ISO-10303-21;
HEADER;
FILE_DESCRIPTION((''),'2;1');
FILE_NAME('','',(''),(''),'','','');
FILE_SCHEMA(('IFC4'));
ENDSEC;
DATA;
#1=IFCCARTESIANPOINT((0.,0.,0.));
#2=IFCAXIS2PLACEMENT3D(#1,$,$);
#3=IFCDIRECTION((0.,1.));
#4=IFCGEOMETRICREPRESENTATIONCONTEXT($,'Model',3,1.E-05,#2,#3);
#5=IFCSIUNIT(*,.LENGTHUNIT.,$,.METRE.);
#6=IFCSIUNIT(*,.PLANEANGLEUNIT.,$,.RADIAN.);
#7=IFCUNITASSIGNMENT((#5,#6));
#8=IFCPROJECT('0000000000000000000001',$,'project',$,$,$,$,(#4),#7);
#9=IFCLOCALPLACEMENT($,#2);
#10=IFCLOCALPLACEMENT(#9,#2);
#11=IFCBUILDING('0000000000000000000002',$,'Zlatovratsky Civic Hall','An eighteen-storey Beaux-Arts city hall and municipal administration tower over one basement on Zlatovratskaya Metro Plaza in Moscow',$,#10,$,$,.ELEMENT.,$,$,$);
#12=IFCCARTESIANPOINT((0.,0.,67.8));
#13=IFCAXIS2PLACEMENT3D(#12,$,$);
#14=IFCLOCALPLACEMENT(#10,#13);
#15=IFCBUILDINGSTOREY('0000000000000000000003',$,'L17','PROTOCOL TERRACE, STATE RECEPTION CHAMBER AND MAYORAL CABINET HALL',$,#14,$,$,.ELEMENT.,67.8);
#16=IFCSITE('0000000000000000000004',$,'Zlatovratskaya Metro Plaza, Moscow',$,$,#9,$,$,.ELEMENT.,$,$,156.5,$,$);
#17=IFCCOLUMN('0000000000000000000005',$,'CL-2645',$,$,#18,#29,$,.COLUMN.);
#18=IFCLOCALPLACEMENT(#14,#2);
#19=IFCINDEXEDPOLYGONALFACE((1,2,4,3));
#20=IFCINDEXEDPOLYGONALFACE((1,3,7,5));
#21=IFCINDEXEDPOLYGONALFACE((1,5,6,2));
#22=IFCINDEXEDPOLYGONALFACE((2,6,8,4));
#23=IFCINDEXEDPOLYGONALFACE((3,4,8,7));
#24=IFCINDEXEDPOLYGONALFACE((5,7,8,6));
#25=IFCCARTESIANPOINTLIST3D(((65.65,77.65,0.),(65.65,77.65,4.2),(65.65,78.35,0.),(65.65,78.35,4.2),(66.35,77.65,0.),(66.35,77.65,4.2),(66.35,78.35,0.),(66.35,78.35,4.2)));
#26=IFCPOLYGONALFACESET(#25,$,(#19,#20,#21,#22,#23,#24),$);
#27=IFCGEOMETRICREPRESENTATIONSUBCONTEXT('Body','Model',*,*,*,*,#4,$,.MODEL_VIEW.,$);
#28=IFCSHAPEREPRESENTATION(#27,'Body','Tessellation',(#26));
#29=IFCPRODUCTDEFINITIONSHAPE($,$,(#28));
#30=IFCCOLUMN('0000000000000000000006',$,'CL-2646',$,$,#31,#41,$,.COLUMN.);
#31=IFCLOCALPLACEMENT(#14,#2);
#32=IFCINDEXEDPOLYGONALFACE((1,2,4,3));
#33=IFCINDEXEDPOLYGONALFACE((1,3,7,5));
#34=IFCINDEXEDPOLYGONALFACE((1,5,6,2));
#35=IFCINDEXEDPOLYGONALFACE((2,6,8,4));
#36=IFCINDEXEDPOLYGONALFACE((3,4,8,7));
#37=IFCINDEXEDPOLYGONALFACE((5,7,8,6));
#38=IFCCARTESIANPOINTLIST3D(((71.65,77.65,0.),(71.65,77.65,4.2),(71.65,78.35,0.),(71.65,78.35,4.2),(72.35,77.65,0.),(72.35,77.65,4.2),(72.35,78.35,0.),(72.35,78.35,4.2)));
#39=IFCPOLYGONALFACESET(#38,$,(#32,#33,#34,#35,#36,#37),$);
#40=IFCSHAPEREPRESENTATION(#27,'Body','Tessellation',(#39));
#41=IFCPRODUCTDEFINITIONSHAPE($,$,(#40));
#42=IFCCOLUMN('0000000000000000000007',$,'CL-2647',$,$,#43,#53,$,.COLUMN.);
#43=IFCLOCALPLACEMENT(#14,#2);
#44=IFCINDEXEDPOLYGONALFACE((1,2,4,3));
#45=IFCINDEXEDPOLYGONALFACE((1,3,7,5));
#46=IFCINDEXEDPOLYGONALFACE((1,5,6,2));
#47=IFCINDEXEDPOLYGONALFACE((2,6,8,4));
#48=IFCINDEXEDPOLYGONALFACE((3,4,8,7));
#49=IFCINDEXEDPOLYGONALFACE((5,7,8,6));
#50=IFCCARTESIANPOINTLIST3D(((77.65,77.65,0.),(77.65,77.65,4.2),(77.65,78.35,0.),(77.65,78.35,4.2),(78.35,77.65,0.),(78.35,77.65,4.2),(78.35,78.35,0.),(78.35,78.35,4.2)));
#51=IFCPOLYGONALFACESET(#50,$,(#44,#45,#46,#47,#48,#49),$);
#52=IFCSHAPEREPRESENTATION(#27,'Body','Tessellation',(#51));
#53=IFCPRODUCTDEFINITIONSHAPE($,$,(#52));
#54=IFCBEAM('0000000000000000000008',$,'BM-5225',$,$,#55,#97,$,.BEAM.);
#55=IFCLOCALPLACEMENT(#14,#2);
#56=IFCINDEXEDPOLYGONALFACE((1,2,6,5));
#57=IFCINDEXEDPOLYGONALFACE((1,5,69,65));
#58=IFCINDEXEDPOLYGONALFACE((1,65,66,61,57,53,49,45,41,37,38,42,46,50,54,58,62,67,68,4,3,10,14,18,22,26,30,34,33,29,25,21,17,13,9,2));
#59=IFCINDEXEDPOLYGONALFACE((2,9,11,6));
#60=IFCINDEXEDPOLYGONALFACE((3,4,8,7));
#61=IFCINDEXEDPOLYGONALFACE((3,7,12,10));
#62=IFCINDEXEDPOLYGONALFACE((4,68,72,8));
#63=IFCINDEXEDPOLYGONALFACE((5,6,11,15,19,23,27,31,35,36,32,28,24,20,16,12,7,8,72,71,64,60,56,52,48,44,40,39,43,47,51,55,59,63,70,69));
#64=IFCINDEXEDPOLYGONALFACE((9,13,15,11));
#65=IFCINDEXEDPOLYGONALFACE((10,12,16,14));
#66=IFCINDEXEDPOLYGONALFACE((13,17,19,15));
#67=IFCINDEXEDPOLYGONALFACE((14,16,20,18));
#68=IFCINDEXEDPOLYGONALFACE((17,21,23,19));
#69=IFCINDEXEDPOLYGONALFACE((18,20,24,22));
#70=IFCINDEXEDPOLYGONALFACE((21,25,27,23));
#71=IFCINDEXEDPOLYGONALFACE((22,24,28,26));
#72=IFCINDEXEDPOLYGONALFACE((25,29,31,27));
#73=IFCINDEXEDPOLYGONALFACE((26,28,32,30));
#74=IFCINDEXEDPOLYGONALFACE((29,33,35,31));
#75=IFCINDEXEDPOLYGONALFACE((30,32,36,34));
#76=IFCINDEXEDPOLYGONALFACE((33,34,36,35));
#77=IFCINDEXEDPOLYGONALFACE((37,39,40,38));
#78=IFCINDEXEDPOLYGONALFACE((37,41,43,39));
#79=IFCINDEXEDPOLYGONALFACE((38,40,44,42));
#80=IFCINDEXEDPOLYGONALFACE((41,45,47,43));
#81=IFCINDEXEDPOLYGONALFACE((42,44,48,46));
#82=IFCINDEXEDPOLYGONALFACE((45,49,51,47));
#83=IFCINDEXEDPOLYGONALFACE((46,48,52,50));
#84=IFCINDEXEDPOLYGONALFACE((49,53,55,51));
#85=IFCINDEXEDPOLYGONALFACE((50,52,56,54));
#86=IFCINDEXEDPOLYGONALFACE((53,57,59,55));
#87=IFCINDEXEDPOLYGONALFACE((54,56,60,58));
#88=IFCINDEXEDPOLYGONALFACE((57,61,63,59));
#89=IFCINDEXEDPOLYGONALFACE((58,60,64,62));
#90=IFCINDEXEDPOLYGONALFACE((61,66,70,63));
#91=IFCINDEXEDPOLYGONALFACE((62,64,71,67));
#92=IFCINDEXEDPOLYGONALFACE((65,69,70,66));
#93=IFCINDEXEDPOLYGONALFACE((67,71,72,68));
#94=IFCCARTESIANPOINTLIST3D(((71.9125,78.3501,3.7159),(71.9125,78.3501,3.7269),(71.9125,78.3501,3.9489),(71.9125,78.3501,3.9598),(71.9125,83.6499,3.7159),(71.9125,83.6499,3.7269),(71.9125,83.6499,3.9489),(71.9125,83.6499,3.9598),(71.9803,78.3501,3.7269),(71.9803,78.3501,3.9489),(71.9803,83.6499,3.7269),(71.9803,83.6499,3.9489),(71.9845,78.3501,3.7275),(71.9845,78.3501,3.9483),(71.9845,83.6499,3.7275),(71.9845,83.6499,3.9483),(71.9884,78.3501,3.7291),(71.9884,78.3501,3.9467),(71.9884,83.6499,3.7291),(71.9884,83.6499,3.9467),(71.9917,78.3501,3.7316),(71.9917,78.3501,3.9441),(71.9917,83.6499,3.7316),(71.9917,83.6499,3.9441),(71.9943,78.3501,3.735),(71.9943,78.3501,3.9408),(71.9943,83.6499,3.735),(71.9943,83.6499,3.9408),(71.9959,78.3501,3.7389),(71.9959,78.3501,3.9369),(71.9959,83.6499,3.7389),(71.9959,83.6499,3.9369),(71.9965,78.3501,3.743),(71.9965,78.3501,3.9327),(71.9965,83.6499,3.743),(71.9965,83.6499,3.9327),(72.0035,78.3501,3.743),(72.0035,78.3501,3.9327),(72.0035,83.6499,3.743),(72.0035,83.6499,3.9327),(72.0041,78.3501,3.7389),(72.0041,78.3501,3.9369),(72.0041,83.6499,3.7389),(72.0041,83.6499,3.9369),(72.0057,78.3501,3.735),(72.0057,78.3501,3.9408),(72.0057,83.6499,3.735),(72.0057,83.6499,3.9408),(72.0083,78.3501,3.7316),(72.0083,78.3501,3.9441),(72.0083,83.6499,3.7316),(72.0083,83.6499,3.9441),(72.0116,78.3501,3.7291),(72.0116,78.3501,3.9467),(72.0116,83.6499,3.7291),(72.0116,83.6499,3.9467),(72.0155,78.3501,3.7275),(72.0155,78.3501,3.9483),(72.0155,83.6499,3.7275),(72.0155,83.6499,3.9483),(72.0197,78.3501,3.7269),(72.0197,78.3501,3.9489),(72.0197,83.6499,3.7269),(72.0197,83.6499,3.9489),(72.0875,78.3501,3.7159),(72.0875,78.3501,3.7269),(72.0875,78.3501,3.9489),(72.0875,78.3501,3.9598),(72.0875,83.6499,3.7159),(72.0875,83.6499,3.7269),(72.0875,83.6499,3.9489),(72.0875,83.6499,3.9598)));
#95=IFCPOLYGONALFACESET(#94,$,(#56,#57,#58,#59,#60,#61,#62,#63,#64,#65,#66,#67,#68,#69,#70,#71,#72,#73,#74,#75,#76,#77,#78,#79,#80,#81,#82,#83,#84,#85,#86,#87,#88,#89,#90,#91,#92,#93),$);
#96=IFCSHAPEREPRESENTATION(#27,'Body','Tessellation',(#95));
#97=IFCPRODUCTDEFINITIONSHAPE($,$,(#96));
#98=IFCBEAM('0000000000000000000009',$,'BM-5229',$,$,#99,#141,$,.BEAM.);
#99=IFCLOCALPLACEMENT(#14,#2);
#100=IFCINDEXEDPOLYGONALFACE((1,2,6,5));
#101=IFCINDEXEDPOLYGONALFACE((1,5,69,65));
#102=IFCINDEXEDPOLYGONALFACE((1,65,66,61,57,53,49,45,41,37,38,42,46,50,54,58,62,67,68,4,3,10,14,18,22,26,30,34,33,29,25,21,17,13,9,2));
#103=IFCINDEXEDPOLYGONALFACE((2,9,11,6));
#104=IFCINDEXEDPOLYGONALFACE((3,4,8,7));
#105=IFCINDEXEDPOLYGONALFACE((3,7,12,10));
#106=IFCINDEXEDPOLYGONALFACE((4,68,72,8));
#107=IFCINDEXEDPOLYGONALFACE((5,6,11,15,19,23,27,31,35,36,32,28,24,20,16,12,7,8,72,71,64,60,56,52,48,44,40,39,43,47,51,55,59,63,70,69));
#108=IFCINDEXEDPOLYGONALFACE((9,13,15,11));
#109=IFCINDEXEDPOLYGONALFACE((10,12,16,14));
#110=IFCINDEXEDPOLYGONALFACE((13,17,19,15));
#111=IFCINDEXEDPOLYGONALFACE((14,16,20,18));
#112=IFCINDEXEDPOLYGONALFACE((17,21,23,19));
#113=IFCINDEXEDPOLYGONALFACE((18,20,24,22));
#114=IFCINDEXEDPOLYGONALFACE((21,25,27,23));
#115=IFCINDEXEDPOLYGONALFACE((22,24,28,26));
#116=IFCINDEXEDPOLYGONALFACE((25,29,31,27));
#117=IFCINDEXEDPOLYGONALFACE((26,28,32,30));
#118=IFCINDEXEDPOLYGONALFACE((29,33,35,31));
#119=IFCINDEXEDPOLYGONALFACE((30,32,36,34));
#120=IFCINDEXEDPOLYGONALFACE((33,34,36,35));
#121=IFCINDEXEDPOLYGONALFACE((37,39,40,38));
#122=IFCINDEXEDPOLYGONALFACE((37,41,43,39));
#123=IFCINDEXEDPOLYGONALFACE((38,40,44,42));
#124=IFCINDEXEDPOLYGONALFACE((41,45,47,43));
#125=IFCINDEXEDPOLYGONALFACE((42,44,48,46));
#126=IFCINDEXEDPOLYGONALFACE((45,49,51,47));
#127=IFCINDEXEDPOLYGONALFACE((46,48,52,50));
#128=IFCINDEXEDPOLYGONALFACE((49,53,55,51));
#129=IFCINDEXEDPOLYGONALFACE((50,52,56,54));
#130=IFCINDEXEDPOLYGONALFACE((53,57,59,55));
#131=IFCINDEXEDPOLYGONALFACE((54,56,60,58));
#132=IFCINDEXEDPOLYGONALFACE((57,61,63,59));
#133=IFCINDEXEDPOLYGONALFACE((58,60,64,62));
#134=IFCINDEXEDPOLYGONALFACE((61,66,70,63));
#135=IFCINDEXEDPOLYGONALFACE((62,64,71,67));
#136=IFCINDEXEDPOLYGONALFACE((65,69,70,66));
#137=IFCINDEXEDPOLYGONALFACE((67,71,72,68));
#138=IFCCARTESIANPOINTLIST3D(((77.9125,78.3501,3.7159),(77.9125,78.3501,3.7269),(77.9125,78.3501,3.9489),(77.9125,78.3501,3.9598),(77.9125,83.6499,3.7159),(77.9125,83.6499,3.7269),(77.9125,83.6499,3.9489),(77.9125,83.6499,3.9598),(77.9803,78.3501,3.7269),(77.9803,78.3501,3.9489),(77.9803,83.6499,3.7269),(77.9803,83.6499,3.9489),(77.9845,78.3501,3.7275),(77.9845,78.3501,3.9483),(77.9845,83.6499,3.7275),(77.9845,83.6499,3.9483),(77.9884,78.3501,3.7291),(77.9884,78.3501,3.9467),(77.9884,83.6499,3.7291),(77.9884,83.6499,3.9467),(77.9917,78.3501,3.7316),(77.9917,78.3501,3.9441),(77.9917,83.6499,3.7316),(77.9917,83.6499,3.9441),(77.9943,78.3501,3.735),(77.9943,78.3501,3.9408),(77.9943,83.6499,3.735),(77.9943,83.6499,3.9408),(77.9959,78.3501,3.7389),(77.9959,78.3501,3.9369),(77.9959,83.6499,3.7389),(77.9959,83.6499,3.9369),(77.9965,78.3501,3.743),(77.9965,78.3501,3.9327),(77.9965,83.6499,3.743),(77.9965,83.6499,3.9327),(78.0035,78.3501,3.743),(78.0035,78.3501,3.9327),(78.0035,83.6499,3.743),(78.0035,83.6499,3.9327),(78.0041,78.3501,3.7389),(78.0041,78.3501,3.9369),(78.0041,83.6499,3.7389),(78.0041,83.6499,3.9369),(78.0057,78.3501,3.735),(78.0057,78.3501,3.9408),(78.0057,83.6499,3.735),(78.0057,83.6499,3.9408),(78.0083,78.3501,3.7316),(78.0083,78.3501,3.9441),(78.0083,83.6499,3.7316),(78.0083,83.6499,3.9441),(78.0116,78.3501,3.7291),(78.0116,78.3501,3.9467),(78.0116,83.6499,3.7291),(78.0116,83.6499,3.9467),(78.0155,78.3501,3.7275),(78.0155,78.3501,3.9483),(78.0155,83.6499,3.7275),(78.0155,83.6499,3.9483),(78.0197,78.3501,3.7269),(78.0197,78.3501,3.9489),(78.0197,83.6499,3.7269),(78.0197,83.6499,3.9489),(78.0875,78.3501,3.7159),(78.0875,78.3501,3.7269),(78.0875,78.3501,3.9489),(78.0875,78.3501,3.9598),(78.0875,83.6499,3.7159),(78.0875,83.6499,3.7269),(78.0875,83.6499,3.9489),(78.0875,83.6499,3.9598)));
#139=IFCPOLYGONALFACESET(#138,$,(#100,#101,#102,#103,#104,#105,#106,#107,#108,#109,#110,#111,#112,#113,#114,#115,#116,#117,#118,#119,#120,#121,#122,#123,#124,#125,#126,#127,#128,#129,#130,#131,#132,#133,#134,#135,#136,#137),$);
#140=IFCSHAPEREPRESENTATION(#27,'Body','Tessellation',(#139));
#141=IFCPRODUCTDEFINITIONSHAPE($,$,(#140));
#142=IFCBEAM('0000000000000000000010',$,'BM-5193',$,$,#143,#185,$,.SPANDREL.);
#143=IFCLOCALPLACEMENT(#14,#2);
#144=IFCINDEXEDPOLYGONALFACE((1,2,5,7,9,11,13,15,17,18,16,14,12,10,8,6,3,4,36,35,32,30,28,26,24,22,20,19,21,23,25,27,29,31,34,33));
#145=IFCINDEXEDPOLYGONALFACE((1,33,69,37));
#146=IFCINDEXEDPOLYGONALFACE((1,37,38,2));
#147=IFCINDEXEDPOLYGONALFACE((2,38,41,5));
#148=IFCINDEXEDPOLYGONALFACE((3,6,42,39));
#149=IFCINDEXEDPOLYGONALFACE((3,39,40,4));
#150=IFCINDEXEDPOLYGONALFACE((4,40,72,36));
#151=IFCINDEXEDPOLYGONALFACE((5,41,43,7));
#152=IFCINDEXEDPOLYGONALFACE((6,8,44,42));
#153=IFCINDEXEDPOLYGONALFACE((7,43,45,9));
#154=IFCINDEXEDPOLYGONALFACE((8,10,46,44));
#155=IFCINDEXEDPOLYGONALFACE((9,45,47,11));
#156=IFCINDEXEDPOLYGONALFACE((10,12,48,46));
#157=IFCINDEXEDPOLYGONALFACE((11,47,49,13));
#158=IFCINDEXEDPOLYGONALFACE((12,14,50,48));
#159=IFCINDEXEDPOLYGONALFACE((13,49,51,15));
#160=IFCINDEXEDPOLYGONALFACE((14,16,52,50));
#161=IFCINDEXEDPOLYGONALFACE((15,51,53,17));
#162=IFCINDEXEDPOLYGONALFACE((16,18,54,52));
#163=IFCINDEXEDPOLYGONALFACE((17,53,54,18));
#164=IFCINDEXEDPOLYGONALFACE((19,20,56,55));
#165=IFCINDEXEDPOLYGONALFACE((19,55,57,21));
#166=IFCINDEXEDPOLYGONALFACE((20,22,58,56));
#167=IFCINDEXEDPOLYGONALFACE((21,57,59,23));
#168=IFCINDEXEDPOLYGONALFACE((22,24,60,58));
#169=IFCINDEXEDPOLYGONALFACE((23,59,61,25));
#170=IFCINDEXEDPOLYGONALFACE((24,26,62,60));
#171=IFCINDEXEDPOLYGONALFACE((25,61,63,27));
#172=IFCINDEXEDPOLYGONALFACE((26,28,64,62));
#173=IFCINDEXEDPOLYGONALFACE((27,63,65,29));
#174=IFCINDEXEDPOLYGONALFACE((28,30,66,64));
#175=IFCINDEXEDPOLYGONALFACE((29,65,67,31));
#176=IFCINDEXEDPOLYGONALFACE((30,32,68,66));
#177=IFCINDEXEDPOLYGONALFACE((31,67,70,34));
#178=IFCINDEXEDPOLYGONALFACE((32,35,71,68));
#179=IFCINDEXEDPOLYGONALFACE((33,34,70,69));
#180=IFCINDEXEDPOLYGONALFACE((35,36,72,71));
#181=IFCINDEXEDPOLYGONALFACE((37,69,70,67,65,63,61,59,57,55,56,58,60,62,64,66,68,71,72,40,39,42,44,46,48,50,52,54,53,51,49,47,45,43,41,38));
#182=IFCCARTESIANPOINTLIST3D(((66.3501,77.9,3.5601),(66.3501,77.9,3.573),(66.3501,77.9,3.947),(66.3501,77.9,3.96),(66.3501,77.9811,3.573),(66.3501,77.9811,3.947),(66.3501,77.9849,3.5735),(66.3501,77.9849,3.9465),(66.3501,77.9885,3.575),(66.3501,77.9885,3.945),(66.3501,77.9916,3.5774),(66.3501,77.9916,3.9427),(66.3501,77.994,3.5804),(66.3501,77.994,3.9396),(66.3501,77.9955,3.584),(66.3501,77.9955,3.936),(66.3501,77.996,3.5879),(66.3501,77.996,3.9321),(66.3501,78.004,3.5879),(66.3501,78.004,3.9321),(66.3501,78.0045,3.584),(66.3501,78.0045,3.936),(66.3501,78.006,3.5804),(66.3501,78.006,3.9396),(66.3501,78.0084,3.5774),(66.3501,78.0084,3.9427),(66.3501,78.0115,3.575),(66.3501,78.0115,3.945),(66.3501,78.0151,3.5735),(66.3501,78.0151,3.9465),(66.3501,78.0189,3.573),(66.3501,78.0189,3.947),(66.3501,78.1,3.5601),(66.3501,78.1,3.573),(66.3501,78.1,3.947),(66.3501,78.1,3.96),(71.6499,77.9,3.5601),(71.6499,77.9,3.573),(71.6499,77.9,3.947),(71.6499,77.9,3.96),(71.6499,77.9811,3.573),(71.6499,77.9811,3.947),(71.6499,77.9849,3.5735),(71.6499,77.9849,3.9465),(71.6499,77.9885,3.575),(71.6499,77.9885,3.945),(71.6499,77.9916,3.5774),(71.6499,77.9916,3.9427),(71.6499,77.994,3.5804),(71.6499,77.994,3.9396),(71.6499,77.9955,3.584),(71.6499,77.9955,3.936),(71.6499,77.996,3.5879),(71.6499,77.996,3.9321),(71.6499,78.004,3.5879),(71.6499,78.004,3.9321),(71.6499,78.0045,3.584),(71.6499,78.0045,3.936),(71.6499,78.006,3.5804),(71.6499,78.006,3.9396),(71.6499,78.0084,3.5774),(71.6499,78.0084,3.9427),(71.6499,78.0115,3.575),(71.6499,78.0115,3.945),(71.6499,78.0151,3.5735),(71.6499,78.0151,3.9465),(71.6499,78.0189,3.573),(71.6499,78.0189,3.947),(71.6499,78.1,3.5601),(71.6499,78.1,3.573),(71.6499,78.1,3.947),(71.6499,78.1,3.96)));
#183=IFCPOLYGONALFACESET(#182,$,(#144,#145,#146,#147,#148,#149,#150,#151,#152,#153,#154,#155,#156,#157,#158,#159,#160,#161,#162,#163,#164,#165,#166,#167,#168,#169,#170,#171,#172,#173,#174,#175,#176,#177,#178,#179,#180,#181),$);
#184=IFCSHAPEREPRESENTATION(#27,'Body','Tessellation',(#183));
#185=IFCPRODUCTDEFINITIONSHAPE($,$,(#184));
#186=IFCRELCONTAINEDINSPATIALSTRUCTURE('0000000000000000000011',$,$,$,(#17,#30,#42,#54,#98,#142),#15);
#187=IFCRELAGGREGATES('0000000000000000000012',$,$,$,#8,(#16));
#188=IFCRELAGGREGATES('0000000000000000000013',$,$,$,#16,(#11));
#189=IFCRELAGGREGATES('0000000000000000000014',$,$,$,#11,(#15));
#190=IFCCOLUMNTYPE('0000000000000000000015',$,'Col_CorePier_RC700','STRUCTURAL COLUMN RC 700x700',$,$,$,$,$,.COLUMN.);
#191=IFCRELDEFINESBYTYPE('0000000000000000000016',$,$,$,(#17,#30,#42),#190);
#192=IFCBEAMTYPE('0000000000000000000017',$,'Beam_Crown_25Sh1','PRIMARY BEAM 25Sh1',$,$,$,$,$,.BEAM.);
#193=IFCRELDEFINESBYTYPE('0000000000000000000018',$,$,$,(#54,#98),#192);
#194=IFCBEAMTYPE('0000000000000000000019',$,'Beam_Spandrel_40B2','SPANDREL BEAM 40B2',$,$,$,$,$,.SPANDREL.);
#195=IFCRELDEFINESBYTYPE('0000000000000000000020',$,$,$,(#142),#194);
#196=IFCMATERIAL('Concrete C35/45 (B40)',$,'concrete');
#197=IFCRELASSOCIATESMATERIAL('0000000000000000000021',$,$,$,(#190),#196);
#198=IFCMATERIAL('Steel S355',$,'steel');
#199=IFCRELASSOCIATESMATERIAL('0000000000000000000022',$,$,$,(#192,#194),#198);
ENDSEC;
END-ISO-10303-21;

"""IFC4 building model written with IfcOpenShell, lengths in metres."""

from ifc_helpers import new_model, si_unit, direction, frame, origin, origin_2d, place, context, subcontext, project, spatial, rectangle, i_section, extrude, material, material_profile, profile_set, type_object, element, save


model = new_model("IFC4")

# Units and contexts
model_context = context("Model", 3, precision=1e-05, world=origin(), true_north=direction((0.0, 1.0)))
body_context = subcontext(model_context, "Body", "Model", "MODEL_VIEW")
ifc_project = project(units=[si_unit("LENGTHUNIT", "METRE"), si_unit("PLANEANGLEUNIT", "RADIAN")], contexts=[model_context])

# Site, building, storey
site_placement = place(None, origin())
site = spatial("IfcSite", under=ifc_project, at=site_placement, Name="Zlatovratskaya Metro Plaza, Moscow", CompositionType="ELEMENT", RefElevation=156.5)
building_placement = place(site_placement, origin())
building = spatial("IfcBuilding", under=site, at=building_placement, Name="Zlatovratsky Civic Hall", Description="An eighteen-storey Beaux-Arts city hall and municipal administration tower over one basement on Zlatovratskaya Metro Plaza in Moscow", CompositionType="ELEMENT")
storey_placement = place(building_placement, frame((0.0, 0.0, 67.8)))
storey = spatial("IfcBuildingStorey", under=building, at=storey_placement, Name="L17", Description="PROTOCOL TERRACE, STATE RECEPTION CHAMBER AND MAYORAL CABINET HALL", CompositionType="ELEMENT", Elevation=67.8)

# Columns
ifc_material_1 = material(Name="Concrete C35/45 (B40)", Category="concrete")
ifc_material_profile_1 = material_profile(ifc_material_1, rectangle(XDim=0.7, YDim=0.7, at=origin_2d()), Name="RC 700x700")
ifc_profile_set_1 = profile_set([ifc_material_profile_1], Name="Concrete C35/45 (B40)")
column_type = type_object("IfcColumnType", Name="Col_CorePier_RC700", Description="STRUCTURAL COLUMN RC 700x700", PredefinedType="COLUMN", material=ifc_profile_set_1)
for number, where, z_axis, x_axis, name in (
    (1, (66.0, 78.0, 0.0), (0.0, 0.0, 1.0), (1.0, 0.0, 0.0), "CL-2645"),
    (2, (72.0, 78.0, 0.0), (0.0, 0.0, 1.0), (1.0, 0.0, 0.0), "CL-2646"),
    (3, (78.0, 78.0, 0.0), (0.0, 0.0, 1.0), (1.0, 0.0, 0.0), "CL-2647"),
):
    element("IfcColumn", number, at=place(storey_placement, frame(where, z_axis=z_axis, x_axis=x_axis)), inside=storey, type_object=column_type, Name=name, PredefinedType="COLUMN", context=body_context, shape_type="SweptSolid", body=[
        extrude(rectangle(XDim=0.7, YDim=0.7, at=origin_2d()), origin(), (0.0, 0.0, 1.0), 4.2),
    ])

# Beams
ifc_material_2 = material(Name="Steel S355", Category="steel")
ifc_material_profile_2 = material_profile(ifc_material_2, i_section(OverallWidth=0.175, OverallDepth=0.2439, WebThickness=0.0071, FlangeThickness=0.011, FilletRadius=0.0161, at=origin_2d()), Name="25Sh1")
ifc_profile_set_2 = profile_set([ifc_material_profile_2], Name="Steel S355")
beam_type_1 = type_object("IfcBeamType", Name="Beam_Crown_25Sh1", Description="PRIMARY BEAM 25Sh1", PredefinedType="BEAM", material=ifc_profile_set_2)
for number, where, z_axis, x_axis, name in (
    (4, (72.0, 78.3501, 3.8379), (0.0, 1.0, 0.0), (-1.0, 0.0, 0.0), "BM-5225"),
    (5, (78.0, 78.3501, 3.8379), (0.0, 1.0, 0.0), (-1.0, 0.0, 0.0), "BM-5229"),
):
    element("IfcBeam", number, at=place(storey_placement, frame(where, z_axis=z_axis, x_axis=x_axis)), inside=storey, type_object=beam_type_1, Name=name, PredefinedType="BEAM", context=body_context, shape_type="SweptSolid", body=[
        extrude(i_section(OverallWidth=0.175, OverallDepth=0.2439, WebThickness=0.0071, FlangeThickness=0.011, FilletRadius=0.0161, at=origin_2d()), origin(), (0.0, 0.0, 1.0), 5.2998),
    ])
ifc_material_profile_3 = material_profile(ifc_material_2, i_section(OverallWidth=0.2, OverallDepth=0.3999, WebThickness=0.0081, FlangeThickness=0.0129, FilletRadius=0.0149, at=origin_2d()), Name="40B2")
ifc_profile_set_3 = profile_set([ifc_material_profile_3], Name="Steel S355")
beam_type_2 = type_object("IfcBeamType", Name="Beam_Spandrel_40B2", Description="SPANDREL BEAM 40B2", PredefinedType="SPANDREL", material=ifc_profile_set_3)
for number, where, z_axis, x_axis, name in (
    (6, (66.3501, 78.0, 3.76), (1.0, 0.0, 0.0), (0.0, 1.0, 0.0), "BM-5193"),
):
    element("IfcBeam", number, at=place(storey_placement, frame(where, z_axis=z_axis, x_axis=x_axis)), inside=storey, type_object=beam_type_2, Name=name, PredefinedType="SPANDREL", context=body_context, shape_type="SweptSolid", body=[
        extrude(i_section(OverallWidth=0.2, OverallDepth=0.3999, WebThickness=0.0081, FlangeThickness=0.0129, FilletRadius=0.0149, at=origin_2d()), origin(), (0.0, 0.0, 1.0), 5.2998),
    ])

save(model, "model.ifc")
